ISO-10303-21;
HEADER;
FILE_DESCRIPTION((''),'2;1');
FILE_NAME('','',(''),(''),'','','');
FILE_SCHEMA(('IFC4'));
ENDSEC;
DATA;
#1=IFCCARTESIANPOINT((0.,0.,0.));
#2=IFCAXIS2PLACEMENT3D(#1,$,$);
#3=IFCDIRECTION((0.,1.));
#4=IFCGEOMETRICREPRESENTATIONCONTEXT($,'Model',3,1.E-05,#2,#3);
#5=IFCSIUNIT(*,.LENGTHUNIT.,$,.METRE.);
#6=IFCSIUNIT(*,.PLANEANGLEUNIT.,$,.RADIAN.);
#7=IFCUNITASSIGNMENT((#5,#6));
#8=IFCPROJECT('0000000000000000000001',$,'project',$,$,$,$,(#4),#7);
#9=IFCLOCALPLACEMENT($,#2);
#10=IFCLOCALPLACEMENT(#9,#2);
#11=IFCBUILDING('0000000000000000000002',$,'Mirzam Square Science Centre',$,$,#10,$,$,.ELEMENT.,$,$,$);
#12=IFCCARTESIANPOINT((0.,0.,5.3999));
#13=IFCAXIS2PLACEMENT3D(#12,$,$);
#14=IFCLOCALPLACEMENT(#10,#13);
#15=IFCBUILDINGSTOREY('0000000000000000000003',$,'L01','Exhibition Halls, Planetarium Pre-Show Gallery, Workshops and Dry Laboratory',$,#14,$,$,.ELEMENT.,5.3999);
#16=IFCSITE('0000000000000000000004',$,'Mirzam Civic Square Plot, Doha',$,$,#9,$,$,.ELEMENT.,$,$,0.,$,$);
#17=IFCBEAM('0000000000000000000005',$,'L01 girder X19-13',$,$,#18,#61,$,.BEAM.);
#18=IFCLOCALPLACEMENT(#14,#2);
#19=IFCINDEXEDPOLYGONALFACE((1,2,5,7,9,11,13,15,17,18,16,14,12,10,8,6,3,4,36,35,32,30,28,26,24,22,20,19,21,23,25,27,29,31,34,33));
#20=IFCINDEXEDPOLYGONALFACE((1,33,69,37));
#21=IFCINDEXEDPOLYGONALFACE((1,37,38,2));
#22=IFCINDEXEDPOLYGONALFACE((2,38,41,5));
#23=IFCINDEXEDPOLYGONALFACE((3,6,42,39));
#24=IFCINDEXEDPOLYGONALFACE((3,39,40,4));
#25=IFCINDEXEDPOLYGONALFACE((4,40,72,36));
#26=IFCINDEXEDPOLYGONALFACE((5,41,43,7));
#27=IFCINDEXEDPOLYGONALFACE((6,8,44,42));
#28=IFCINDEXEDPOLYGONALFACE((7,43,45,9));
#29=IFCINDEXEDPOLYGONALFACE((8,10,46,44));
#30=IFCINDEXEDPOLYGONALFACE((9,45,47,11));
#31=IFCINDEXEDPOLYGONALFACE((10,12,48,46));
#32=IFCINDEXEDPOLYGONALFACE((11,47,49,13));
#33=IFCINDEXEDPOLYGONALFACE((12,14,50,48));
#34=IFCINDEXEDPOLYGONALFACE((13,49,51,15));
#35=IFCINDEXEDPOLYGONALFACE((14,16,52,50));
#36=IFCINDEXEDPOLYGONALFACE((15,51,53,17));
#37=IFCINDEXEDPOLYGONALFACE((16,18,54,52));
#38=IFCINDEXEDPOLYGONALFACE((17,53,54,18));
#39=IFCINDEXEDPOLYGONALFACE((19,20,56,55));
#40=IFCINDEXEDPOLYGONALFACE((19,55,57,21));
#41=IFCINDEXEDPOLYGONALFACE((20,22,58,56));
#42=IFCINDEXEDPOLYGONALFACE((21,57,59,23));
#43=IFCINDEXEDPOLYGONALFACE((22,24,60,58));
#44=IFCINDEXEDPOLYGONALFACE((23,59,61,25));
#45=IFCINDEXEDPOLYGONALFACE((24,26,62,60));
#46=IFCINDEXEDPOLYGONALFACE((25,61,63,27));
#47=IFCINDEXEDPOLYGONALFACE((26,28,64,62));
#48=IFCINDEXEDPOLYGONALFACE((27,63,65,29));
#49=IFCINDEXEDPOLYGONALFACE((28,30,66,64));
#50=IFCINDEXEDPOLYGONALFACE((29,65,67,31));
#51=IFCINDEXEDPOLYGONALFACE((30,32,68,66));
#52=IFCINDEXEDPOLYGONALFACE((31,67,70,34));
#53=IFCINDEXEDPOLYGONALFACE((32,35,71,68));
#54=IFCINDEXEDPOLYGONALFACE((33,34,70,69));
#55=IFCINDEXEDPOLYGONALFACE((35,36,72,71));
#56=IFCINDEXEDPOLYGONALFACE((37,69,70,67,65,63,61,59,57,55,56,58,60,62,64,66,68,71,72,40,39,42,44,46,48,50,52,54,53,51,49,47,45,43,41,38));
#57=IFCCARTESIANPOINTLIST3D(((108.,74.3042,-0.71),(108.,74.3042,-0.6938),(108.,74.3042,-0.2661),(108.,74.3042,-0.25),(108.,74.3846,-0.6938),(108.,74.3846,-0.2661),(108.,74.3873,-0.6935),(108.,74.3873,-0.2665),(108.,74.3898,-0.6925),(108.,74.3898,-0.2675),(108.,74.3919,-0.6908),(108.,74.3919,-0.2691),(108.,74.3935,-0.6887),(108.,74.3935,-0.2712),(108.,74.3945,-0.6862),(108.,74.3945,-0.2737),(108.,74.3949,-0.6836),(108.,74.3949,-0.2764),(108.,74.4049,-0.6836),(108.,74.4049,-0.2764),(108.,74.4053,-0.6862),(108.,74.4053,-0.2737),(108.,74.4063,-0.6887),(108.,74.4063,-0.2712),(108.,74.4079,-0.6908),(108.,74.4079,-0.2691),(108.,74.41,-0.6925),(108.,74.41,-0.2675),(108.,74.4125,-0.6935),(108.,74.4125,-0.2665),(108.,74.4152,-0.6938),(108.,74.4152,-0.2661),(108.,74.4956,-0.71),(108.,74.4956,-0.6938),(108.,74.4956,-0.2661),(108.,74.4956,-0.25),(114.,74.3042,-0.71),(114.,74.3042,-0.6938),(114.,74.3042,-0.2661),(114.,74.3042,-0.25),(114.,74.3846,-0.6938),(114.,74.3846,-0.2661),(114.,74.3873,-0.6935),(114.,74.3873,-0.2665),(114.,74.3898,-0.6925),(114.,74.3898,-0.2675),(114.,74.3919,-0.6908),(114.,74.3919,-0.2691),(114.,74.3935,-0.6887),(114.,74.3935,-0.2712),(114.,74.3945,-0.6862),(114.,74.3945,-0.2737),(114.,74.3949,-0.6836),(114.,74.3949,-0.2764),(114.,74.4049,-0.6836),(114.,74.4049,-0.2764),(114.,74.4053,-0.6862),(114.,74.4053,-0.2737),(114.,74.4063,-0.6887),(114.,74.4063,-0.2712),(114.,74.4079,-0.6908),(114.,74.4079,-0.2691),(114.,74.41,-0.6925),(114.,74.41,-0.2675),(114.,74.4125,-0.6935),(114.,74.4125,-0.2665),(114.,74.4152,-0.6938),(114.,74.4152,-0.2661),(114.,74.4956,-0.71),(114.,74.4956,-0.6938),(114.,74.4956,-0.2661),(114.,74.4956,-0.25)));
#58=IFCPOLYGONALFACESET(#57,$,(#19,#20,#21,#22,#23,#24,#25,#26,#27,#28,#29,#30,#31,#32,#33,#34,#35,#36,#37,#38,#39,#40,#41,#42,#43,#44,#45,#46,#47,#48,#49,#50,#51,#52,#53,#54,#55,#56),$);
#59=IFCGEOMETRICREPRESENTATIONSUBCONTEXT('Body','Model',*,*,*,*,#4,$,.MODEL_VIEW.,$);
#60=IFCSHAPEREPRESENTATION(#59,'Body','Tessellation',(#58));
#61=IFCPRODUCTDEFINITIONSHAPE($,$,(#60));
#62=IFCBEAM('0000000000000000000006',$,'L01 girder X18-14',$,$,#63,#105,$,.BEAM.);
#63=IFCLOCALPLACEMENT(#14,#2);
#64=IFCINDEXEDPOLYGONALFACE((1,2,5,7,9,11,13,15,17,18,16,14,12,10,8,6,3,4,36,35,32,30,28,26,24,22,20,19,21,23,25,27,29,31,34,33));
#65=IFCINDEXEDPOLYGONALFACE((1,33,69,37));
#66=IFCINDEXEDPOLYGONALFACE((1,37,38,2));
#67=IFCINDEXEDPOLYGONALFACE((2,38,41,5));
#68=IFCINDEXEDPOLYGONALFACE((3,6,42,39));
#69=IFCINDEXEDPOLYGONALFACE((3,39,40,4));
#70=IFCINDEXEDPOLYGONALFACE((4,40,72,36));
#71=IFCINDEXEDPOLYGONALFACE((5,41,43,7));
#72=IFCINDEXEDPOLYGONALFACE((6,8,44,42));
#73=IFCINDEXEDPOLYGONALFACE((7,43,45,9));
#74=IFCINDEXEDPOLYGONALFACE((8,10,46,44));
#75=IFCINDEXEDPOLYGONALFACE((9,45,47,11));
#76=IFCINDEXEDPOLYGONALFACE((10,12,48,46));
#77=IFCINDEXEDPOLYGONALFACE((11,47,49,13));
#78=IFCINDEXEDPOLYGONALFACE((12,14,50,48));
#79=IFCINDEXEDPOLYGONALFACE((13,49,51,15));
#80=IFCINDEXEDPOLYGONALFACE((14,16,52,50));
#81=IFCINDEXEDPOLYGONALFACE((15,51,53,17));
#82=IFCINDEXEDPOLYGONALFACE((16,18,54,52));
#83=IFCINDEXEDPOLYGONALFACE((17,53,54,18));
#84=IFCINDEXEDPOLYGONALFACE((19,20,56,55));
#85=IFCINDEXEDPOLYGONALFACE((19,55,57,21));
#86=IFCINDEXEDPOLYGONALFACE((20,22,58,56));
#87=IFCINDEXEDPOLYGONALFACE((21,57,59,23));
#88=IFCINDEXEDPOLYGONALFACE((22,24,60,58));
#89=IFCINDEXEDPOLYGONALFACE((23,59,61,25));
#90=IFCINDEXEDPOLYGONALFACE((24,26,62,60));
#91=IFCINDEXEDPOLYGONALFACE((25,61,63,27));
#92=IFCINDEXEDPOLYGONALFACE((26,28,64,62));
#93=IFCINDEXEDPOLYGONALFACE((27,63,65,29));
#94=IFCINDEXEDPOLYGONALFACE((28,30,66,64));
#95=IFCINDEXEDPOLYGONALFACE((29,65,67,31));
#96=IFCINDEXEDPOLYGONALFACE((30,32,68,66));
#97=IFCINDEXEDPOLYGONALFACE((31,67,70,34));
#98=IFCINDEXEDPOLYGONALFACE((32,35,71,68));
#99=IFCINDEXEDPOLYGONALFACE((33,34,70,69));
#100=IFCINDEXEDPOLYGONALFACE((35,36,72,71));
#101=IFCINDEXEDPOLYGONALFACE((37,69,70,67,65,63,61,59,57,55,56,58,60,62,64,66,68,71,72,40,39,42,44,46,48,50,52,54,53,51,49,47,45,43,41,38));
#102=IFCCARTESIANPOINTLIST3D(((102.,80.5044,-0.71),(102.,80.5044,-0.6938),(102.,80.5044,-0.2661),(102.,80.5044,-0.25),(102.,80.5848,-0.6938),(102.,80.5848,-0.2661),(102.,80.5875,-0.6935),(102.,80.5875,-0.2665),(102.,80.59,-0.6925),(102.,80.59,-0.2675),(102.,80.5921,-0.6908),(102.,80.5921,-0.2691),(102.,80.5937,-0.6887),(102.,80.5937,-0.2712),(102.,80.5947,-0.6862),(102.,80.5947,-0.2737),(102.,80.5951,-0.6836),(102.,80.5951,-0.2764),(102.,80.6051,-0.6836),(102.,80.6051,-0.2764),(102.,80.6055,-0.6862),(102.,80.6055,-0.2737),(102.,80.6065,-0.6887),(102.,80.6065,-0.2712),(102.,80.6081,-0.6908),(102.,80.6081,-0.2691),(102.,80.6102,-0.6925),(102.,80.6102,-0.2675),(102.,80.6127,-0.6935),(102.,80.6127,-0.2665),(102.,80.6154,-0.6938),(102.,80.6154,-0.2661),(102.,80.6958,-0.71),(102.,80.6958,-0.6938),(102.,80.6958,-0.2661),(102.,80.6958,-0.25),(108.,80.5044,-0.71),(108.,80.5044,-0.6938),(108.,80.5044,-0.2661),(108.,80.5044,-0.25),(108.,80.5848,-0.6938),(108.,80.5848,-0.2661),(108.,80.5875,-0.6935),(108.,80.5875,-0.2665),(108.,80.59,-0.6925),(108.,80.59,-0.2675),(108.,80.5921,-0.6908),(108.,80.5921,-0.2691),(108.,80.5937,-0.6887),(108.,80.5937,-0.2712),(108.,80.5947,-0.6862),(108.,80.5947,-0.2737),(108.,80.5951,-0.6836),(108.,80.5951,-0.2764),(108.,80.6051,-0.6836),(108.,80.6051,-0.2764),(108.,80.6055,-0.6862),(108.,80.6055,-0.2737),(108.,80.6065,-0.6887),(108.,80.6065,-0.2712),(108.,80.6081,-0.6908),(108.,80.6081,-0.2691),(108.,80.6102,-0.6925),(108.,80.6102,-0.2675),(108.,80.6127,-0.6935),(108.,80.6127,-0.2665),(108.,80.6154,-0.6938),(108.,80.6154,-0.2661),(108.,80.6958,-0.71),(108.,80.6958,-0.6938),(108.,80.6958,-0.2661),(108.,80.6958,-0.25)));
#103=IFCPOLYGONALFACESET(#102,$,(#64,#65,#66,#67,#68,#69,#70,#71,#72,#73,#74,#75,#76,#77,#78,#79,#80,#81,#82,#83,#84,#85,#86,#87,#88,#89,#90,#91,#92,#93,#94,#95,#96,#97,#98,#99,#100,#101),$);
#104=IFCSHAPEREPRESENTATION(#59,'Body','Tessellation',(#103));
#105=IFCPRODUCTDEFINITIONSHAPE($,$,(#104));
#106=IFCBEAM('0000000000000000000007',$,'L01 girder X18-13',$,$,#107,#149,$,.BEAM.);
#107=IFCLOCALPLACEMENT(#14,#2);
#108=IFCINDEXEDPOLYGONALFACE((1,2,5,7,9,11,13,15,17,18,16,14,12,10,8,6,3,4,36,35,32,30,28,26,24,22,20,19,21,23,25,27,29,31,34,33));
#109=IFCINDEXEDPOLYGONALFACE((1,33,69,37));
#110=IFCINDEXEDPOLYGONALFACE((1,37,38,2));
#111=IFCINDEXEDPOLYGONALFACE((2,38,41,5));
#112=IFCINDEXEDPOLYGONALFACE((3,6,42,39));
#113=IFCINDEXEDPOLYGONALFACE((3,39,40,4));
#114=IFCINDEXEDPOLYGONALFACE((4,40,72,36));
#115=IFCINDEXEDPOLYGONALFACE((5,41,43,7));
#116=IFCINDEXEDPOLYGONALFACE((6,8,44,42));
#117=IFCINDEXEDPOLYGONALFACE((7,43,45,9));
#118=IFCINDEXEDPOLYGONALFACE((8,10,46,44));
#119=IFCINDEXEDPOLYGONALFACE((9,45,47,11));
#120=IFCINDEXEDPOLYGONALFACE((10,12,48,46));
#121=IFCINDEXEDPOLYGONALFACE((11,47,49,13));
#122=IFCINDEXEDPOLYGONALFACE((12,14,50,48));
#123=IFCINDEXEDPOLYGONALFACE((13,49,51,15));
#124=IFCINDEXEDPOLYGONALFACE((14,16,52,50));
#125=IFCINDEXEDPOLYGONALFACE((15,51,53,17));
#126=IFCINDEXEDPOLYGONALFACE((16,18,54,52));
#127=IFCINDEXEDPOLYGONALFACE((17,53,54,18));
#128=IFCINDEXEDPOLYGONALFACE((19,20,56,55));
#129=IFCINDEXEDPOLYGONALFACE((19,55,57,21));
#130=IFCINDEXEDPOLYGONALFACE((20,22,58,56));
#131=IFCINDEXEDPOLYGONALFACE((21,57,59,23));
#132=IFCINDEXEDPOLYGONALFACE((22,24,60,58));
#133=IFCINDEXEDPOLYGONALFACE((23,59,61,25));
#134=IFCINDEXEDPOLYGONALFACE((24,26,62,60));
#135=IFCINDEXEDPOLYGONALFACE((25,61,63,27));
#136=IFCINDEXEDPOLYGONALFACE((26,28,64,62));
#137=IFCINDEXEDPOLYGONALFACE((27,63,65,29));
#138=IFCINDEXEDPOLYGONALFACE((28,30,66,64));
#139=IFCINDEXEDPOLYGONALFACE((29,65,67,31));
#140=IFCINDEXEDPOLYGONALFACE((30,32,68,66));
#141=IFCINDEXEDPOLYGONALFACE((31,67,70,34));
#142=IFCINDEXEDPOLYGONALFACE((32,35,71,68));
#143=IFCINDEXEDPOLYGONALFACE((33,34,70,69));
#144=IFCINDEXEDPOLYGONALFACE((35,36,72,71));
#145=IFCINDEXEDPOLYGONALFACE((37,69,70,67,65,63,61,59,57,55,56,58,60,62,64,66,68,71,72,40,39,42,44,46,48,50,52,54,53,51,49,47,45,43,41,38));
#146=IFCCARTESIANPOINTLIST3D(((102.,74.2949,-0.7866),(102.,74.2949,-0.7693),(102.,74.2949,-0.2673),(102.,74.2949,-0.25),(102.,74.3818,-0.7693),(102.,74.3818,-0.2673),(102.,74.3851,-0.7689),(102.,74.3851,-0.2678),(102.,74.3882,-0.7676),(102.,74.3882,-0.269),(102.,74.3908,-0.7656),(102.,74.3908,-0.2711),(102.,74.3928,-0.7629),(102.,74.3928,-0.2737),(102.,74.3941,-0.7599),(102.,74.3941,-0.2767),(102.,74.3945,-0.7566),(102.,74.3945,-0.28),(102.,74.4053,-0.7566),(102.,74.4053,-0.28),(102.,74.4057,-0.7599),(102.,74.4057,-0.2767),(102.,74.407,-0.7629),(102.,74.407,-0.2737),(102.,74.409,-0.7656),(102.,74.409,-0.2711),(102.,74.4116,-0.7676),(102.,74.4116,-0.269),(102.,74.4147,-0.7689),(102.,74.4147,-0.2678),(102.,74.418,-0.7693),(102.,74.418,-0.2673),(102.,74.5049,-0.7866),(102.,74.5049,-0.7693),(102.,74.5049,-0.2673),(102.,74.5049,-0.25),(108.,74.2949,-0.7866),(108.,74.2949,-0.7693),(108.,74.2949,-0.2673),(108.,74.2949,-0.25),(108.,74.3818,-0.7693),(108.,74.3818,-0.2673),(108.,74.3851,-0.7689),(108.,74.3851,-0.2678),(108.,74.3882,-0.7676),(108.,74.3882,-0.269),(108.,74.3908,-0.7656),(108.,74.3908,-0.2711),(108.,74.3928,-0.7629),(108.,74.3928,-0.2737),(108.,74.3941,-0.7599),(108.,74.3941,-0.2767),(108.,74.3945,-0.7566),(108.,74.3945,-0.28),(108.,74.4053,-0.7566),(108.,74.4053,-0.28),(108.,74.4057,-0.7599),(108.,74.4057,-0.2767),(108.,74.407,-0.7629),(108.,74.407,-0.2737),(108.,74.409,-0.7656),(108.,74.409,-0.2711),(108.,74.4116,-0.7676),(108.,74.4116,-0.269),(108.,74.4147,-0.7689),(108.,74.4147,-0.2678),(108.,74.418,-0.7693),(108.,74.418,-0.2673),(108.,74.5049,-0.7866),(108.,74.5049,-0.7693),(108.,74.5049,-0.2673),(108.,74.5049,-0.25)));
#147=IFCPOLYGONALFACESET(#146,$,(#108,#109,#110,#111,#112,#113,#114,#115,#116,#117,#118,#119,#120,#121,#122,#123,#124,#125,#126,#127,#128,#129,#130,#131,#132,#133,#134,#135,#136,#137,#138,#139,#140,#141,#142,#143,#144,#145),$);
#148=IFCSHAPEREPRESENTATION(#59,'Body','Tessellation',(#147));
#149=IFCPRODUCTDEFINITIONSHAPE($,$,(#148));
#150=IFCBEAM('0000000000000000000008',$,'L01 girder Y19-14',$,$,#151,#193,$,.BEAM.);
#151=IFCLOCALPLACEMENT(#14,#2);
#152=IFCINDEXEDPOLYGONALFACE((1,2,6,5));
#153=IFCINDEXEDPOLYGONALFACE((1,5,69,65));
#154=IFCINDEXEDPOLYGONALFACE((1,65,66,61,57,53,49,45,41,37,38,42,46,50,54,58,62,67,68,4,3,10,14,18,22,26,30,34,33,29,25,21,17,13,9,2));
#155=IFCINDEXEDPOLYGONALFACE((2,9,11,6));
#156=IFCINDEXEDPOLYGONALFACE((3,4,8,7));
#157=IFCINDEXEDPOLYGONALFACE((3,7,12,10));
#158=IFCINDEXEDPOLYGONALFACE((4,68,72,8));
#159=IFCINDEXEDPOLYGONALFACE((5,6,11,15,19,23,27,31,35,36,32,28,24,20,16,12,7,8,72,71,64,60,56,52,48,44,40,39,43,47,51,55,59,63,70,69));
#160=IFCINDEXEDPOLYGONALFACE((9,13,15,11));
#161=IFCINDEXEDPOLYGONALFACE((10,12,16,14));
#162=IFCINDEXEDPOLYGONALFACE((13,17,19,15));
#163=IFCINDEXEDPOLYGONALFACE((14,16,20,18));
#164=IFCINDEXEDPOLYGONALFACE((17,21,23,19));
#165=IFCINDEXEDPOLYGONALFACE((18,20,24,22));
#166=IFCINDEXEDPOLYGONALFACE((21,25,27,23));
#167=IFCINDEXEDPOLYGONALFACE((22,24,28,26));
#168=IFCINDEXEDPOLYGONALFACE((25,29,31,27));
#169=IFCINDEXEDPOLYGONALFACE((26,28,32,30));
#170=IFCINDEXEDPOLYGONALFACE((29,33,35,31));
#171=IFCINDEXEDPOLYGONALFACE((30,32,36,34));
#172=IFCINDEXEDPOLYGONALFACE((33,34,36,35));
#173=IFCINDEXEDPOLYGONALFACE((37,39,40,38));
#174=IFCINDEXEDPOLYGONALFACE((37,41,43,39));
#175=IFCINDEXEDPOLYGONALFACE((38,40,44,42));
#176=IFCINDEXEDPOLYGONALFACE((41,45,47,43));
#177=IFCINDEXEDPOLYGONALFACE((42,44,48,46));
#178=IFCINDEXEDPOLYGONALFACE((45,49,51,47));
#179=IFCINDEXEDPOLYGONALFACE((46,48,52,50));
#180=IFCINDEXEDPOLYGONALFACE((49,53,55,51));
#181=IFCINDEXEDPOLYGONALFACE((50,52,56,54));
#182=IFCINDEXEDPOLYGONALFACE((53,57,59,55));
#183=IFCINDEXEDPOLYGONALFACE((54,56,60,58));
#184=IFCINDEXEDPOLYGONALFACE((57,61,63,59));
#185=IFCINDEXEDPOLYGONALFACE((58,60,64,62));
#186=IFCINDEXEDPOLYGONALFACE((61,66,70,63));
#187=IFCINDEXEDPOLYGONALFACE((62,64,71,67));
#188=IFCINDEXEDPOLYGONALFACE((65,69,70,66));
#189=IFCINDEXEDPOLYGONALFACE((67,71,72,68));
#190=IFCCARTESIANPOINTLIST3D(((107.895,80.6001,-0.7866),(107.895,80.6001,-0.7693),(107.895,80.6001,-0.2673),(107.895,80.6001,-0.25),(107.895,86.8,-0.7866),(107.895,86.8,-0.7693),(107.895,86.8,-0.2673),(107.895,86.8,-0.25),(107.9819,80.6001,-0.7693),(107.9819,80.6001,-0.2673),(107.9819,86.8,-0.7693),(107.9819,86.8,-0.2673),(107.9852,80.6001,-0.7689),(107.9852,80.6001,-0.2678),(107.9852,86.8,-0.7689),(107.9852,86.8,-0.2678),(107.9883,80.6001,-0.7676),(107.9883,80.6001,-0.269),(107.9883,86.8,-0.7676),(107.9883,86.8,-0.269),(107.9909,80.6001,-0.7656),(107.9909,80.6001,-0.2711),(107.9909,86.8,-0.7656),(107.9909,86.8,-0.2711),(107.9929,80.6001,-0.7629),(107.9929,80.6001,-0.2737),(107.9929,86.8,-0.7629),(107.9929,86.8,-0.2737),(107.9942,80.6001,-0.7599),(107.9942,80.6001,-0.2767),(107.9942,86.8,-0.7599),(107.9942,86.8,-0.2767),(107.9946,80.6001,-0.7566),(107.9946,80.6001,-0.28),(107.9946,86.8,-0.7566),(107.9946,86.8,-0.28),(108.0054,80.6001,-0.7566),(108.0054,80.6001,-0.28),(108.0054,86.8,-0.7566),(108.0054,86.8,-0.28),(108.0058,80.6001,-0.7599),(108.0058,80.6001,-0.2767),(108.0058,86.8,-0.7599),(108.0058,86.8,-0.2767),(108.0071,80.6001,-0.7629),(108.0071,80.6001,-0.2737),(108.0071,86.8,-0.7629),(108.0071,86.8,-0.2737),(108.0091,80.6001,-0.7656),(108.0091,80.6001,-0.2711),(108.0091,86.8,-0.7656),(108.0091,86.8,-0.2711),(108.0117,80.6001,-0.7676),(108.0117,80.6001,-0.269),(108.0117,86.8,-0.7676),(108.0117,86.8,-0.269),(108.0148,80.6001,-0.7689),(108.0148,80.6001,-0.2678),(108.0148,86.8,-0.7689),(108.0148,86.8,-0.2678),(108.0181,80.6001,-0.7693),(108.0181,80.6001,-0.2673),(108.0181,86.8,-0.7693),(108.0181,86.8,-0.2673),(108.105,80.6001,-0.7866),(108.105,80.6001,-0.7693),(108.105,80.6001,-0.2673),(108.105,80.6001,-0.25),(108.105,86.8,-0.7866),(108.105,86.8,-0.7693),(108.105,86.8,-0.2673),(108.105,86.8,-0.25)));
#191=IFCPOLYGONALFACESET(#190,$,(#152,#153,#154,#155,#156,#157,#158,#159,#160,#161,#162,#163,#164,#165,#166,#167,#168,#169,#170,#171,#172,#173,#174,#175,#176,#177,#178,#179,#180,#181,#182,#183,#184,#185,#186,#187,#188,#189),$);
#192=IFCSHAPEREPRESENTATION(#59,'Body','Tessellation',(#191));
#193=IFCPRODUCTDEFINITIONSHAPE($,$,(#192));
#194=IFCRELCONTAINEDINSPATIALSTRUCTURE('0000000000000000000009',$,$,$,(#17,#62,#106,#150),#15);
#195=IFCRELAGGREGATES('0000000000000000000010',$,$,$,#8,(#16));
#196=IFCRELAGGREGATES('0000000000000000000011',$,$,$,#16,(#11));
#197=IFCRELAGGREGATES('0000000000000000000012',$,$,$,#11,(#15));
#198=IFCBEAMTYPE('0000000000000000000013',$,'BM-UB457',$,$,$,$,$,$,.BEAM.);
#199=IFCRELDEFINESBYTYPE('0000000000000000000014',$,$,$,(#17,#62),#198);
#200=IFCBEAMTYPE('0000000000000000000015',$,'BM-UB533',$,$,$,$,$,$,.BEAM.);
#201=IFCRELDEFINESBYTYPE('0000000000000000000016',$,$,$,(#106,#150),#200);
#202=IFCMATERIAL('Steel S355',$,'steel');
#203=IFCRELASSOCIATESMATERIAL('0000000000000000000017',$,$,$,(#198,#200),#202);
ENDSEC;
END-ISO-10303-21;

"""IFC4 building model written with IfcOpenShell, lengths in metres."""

from ifc_helpers import new_model, si_unit, direction, frame, origin, origin_2d, place, context, subcontext, project, spatial, i_section, extrude, material, material_profile, profile_set, type_object, element, save


model = new_model("IFC4")

# Units and contexts
model_context = context("Model", 3, precision=1e-05, world=origin(), true_north=direction((0.0, 1.0)))
body_context = subcontext(model_context, "Body", "Model", "MODEL_VIEW")
ifc_project = project(units=[si_unit("LENGTHUNIT", "METRE"), si_unit("PLANEANGLEUNIT", "RADIAN")], contexts=[model_context])

# Site, building, storey
site_placement = place(None, origin())
site = spatial("IfcSite", under=ifc_project, at=site_placement, Name="Mirzam Civic Square Plot, Doha", CompositionType="ELEMENT", RefElevation=0.0)
building_placement = place(site_placement, origin())
building = spatial("IfcBuilding", under=site, at=building_placement, Name="Mirzam Square Science Centre", CompositionType="ELEMENT")
storey_placement = place(building_placement, frame((0.0, 0.0, 5.3999)))
storey = spatial("IfcBuildingStorey", under=building, at=storey_placement, Name="L01", Description="Exhibition Halls, Planetarium Pre-Show Gallery, Workshops and Dry Laboratory", CompositionType="ELEMENT", Elevation=5.3999)

# Shared definitions
ifc_material_1 = material(Name="Steel S355", Category="steel")

# Beams
ifc_material_profile_1 = material_profile(ifc_material_1, i_section(OverallWidth=0.1914, OverallDepth=0.46, WebThickness=0.01, FlangeThickness=0.0161, FilletRadius=0.0103, at=origin_2d()), Name="457x191x82UB")
ifc_profile_set_1 = profile_set([ifc_material_profile_1], Name="Steel S355")
beam_type_1 = type_object("IfcBeamType", Name="BM-UB457", PredefinedType="BEAM", material=ifc_profile_set_1)
for number, where, z_axis, x_axis, name in (
    (1, (108.0, 74.3999, -0.48), (1.0, 0.0, 0.0), (0.0, 1.0, 0.0), "L01 girder X19-13"),
    (2, (102.0, 80.6001, -0.48), (1.0, 0.0, 0.0), (0.0, 1.0, 0.0), "L01 girder X18-14"),
):
    element("IfcBeam", number, at=place(storey_placement, frame(where, z_axis=z_axis, x_axis=x_axis)), inside=storey, type_object=beam_type_1, Name=name, PredefinedType="BEAM", context=body_context, shape_type="SweptSolid", body=[
        extrude(i_section(OverallWidth=0.1914, OverallDepth=0.46, WebThickness=0.01, FlangeThickness=0.0161, FilletRadius=0.0103, at=origin_2d()), origin(), (0.0, 0.0, 1.0), 6.0),
    ])
ifc_material_profile_2 = material_profile(ifc_material_1, i_section(OverallWidth=0.21, OverallDepth=0.5366, WebThickness=0.0107, FlangeThickness=0.0173, FilletRadius=0.0127, at=origin_2d()), Name="533x210x101UB")
ifc_profile_set_2 = profile_set([ifc_material_profile_2], Name="Steel S355")
beam_type_2 = type_object("IfcBeamType", Name="BM-UB533", PredefinedType="BEAM", material=ifc_profile_set_2)
beam_1_placement = place(storey_placement, frame((102.0, 74.3999, -0.5183), z_axis=(1.0, 0.0, 0.0), x_axis=(0.0, 1.0, 0.0)))
element("IfcBeam", 3, at=beam_1_placement, inside=storey, type_object=beam_type_2, Name="L01 girder X18-13", PredefinedType="BEAM", context=body_context, shape_type="SweptSolid", body=[
    extrude(i_section(OverallWidth=0.21, OverallDepth=0.5366, WebThickness=0.0107, FlangeThickness=0.0173, FilletRadius=0.0127, at=origin_2d()), origin(), (0.0, 0.0, 1.0), 6.0),
])
beam_2_placement = place(storey_placement, frame((108.0, 80.6001, -0.5183), z_axis=(0.0, 1.0, 0.0), x_axis=(-1.0, 0.0, 0.0)))
element("IfcBeam", 4, at=beam_2_placement, inside=storey, type_object=beam_type_2, Name="L01 girder Y19-14", PredefinedType="BEAM", context=body_context, shape_type="SweptSolid", body=[
    extrude(i_section(OverallWidth=0.21, OverallDepth=0.5366, WebThickness=0.0107, FlangeThickness=0.0173, FilletRadius=0.0127, at=origin_2d()), origin(), (0.0, 0.0, 1.0), 6.2),
])

save(model, "model.ifc")
